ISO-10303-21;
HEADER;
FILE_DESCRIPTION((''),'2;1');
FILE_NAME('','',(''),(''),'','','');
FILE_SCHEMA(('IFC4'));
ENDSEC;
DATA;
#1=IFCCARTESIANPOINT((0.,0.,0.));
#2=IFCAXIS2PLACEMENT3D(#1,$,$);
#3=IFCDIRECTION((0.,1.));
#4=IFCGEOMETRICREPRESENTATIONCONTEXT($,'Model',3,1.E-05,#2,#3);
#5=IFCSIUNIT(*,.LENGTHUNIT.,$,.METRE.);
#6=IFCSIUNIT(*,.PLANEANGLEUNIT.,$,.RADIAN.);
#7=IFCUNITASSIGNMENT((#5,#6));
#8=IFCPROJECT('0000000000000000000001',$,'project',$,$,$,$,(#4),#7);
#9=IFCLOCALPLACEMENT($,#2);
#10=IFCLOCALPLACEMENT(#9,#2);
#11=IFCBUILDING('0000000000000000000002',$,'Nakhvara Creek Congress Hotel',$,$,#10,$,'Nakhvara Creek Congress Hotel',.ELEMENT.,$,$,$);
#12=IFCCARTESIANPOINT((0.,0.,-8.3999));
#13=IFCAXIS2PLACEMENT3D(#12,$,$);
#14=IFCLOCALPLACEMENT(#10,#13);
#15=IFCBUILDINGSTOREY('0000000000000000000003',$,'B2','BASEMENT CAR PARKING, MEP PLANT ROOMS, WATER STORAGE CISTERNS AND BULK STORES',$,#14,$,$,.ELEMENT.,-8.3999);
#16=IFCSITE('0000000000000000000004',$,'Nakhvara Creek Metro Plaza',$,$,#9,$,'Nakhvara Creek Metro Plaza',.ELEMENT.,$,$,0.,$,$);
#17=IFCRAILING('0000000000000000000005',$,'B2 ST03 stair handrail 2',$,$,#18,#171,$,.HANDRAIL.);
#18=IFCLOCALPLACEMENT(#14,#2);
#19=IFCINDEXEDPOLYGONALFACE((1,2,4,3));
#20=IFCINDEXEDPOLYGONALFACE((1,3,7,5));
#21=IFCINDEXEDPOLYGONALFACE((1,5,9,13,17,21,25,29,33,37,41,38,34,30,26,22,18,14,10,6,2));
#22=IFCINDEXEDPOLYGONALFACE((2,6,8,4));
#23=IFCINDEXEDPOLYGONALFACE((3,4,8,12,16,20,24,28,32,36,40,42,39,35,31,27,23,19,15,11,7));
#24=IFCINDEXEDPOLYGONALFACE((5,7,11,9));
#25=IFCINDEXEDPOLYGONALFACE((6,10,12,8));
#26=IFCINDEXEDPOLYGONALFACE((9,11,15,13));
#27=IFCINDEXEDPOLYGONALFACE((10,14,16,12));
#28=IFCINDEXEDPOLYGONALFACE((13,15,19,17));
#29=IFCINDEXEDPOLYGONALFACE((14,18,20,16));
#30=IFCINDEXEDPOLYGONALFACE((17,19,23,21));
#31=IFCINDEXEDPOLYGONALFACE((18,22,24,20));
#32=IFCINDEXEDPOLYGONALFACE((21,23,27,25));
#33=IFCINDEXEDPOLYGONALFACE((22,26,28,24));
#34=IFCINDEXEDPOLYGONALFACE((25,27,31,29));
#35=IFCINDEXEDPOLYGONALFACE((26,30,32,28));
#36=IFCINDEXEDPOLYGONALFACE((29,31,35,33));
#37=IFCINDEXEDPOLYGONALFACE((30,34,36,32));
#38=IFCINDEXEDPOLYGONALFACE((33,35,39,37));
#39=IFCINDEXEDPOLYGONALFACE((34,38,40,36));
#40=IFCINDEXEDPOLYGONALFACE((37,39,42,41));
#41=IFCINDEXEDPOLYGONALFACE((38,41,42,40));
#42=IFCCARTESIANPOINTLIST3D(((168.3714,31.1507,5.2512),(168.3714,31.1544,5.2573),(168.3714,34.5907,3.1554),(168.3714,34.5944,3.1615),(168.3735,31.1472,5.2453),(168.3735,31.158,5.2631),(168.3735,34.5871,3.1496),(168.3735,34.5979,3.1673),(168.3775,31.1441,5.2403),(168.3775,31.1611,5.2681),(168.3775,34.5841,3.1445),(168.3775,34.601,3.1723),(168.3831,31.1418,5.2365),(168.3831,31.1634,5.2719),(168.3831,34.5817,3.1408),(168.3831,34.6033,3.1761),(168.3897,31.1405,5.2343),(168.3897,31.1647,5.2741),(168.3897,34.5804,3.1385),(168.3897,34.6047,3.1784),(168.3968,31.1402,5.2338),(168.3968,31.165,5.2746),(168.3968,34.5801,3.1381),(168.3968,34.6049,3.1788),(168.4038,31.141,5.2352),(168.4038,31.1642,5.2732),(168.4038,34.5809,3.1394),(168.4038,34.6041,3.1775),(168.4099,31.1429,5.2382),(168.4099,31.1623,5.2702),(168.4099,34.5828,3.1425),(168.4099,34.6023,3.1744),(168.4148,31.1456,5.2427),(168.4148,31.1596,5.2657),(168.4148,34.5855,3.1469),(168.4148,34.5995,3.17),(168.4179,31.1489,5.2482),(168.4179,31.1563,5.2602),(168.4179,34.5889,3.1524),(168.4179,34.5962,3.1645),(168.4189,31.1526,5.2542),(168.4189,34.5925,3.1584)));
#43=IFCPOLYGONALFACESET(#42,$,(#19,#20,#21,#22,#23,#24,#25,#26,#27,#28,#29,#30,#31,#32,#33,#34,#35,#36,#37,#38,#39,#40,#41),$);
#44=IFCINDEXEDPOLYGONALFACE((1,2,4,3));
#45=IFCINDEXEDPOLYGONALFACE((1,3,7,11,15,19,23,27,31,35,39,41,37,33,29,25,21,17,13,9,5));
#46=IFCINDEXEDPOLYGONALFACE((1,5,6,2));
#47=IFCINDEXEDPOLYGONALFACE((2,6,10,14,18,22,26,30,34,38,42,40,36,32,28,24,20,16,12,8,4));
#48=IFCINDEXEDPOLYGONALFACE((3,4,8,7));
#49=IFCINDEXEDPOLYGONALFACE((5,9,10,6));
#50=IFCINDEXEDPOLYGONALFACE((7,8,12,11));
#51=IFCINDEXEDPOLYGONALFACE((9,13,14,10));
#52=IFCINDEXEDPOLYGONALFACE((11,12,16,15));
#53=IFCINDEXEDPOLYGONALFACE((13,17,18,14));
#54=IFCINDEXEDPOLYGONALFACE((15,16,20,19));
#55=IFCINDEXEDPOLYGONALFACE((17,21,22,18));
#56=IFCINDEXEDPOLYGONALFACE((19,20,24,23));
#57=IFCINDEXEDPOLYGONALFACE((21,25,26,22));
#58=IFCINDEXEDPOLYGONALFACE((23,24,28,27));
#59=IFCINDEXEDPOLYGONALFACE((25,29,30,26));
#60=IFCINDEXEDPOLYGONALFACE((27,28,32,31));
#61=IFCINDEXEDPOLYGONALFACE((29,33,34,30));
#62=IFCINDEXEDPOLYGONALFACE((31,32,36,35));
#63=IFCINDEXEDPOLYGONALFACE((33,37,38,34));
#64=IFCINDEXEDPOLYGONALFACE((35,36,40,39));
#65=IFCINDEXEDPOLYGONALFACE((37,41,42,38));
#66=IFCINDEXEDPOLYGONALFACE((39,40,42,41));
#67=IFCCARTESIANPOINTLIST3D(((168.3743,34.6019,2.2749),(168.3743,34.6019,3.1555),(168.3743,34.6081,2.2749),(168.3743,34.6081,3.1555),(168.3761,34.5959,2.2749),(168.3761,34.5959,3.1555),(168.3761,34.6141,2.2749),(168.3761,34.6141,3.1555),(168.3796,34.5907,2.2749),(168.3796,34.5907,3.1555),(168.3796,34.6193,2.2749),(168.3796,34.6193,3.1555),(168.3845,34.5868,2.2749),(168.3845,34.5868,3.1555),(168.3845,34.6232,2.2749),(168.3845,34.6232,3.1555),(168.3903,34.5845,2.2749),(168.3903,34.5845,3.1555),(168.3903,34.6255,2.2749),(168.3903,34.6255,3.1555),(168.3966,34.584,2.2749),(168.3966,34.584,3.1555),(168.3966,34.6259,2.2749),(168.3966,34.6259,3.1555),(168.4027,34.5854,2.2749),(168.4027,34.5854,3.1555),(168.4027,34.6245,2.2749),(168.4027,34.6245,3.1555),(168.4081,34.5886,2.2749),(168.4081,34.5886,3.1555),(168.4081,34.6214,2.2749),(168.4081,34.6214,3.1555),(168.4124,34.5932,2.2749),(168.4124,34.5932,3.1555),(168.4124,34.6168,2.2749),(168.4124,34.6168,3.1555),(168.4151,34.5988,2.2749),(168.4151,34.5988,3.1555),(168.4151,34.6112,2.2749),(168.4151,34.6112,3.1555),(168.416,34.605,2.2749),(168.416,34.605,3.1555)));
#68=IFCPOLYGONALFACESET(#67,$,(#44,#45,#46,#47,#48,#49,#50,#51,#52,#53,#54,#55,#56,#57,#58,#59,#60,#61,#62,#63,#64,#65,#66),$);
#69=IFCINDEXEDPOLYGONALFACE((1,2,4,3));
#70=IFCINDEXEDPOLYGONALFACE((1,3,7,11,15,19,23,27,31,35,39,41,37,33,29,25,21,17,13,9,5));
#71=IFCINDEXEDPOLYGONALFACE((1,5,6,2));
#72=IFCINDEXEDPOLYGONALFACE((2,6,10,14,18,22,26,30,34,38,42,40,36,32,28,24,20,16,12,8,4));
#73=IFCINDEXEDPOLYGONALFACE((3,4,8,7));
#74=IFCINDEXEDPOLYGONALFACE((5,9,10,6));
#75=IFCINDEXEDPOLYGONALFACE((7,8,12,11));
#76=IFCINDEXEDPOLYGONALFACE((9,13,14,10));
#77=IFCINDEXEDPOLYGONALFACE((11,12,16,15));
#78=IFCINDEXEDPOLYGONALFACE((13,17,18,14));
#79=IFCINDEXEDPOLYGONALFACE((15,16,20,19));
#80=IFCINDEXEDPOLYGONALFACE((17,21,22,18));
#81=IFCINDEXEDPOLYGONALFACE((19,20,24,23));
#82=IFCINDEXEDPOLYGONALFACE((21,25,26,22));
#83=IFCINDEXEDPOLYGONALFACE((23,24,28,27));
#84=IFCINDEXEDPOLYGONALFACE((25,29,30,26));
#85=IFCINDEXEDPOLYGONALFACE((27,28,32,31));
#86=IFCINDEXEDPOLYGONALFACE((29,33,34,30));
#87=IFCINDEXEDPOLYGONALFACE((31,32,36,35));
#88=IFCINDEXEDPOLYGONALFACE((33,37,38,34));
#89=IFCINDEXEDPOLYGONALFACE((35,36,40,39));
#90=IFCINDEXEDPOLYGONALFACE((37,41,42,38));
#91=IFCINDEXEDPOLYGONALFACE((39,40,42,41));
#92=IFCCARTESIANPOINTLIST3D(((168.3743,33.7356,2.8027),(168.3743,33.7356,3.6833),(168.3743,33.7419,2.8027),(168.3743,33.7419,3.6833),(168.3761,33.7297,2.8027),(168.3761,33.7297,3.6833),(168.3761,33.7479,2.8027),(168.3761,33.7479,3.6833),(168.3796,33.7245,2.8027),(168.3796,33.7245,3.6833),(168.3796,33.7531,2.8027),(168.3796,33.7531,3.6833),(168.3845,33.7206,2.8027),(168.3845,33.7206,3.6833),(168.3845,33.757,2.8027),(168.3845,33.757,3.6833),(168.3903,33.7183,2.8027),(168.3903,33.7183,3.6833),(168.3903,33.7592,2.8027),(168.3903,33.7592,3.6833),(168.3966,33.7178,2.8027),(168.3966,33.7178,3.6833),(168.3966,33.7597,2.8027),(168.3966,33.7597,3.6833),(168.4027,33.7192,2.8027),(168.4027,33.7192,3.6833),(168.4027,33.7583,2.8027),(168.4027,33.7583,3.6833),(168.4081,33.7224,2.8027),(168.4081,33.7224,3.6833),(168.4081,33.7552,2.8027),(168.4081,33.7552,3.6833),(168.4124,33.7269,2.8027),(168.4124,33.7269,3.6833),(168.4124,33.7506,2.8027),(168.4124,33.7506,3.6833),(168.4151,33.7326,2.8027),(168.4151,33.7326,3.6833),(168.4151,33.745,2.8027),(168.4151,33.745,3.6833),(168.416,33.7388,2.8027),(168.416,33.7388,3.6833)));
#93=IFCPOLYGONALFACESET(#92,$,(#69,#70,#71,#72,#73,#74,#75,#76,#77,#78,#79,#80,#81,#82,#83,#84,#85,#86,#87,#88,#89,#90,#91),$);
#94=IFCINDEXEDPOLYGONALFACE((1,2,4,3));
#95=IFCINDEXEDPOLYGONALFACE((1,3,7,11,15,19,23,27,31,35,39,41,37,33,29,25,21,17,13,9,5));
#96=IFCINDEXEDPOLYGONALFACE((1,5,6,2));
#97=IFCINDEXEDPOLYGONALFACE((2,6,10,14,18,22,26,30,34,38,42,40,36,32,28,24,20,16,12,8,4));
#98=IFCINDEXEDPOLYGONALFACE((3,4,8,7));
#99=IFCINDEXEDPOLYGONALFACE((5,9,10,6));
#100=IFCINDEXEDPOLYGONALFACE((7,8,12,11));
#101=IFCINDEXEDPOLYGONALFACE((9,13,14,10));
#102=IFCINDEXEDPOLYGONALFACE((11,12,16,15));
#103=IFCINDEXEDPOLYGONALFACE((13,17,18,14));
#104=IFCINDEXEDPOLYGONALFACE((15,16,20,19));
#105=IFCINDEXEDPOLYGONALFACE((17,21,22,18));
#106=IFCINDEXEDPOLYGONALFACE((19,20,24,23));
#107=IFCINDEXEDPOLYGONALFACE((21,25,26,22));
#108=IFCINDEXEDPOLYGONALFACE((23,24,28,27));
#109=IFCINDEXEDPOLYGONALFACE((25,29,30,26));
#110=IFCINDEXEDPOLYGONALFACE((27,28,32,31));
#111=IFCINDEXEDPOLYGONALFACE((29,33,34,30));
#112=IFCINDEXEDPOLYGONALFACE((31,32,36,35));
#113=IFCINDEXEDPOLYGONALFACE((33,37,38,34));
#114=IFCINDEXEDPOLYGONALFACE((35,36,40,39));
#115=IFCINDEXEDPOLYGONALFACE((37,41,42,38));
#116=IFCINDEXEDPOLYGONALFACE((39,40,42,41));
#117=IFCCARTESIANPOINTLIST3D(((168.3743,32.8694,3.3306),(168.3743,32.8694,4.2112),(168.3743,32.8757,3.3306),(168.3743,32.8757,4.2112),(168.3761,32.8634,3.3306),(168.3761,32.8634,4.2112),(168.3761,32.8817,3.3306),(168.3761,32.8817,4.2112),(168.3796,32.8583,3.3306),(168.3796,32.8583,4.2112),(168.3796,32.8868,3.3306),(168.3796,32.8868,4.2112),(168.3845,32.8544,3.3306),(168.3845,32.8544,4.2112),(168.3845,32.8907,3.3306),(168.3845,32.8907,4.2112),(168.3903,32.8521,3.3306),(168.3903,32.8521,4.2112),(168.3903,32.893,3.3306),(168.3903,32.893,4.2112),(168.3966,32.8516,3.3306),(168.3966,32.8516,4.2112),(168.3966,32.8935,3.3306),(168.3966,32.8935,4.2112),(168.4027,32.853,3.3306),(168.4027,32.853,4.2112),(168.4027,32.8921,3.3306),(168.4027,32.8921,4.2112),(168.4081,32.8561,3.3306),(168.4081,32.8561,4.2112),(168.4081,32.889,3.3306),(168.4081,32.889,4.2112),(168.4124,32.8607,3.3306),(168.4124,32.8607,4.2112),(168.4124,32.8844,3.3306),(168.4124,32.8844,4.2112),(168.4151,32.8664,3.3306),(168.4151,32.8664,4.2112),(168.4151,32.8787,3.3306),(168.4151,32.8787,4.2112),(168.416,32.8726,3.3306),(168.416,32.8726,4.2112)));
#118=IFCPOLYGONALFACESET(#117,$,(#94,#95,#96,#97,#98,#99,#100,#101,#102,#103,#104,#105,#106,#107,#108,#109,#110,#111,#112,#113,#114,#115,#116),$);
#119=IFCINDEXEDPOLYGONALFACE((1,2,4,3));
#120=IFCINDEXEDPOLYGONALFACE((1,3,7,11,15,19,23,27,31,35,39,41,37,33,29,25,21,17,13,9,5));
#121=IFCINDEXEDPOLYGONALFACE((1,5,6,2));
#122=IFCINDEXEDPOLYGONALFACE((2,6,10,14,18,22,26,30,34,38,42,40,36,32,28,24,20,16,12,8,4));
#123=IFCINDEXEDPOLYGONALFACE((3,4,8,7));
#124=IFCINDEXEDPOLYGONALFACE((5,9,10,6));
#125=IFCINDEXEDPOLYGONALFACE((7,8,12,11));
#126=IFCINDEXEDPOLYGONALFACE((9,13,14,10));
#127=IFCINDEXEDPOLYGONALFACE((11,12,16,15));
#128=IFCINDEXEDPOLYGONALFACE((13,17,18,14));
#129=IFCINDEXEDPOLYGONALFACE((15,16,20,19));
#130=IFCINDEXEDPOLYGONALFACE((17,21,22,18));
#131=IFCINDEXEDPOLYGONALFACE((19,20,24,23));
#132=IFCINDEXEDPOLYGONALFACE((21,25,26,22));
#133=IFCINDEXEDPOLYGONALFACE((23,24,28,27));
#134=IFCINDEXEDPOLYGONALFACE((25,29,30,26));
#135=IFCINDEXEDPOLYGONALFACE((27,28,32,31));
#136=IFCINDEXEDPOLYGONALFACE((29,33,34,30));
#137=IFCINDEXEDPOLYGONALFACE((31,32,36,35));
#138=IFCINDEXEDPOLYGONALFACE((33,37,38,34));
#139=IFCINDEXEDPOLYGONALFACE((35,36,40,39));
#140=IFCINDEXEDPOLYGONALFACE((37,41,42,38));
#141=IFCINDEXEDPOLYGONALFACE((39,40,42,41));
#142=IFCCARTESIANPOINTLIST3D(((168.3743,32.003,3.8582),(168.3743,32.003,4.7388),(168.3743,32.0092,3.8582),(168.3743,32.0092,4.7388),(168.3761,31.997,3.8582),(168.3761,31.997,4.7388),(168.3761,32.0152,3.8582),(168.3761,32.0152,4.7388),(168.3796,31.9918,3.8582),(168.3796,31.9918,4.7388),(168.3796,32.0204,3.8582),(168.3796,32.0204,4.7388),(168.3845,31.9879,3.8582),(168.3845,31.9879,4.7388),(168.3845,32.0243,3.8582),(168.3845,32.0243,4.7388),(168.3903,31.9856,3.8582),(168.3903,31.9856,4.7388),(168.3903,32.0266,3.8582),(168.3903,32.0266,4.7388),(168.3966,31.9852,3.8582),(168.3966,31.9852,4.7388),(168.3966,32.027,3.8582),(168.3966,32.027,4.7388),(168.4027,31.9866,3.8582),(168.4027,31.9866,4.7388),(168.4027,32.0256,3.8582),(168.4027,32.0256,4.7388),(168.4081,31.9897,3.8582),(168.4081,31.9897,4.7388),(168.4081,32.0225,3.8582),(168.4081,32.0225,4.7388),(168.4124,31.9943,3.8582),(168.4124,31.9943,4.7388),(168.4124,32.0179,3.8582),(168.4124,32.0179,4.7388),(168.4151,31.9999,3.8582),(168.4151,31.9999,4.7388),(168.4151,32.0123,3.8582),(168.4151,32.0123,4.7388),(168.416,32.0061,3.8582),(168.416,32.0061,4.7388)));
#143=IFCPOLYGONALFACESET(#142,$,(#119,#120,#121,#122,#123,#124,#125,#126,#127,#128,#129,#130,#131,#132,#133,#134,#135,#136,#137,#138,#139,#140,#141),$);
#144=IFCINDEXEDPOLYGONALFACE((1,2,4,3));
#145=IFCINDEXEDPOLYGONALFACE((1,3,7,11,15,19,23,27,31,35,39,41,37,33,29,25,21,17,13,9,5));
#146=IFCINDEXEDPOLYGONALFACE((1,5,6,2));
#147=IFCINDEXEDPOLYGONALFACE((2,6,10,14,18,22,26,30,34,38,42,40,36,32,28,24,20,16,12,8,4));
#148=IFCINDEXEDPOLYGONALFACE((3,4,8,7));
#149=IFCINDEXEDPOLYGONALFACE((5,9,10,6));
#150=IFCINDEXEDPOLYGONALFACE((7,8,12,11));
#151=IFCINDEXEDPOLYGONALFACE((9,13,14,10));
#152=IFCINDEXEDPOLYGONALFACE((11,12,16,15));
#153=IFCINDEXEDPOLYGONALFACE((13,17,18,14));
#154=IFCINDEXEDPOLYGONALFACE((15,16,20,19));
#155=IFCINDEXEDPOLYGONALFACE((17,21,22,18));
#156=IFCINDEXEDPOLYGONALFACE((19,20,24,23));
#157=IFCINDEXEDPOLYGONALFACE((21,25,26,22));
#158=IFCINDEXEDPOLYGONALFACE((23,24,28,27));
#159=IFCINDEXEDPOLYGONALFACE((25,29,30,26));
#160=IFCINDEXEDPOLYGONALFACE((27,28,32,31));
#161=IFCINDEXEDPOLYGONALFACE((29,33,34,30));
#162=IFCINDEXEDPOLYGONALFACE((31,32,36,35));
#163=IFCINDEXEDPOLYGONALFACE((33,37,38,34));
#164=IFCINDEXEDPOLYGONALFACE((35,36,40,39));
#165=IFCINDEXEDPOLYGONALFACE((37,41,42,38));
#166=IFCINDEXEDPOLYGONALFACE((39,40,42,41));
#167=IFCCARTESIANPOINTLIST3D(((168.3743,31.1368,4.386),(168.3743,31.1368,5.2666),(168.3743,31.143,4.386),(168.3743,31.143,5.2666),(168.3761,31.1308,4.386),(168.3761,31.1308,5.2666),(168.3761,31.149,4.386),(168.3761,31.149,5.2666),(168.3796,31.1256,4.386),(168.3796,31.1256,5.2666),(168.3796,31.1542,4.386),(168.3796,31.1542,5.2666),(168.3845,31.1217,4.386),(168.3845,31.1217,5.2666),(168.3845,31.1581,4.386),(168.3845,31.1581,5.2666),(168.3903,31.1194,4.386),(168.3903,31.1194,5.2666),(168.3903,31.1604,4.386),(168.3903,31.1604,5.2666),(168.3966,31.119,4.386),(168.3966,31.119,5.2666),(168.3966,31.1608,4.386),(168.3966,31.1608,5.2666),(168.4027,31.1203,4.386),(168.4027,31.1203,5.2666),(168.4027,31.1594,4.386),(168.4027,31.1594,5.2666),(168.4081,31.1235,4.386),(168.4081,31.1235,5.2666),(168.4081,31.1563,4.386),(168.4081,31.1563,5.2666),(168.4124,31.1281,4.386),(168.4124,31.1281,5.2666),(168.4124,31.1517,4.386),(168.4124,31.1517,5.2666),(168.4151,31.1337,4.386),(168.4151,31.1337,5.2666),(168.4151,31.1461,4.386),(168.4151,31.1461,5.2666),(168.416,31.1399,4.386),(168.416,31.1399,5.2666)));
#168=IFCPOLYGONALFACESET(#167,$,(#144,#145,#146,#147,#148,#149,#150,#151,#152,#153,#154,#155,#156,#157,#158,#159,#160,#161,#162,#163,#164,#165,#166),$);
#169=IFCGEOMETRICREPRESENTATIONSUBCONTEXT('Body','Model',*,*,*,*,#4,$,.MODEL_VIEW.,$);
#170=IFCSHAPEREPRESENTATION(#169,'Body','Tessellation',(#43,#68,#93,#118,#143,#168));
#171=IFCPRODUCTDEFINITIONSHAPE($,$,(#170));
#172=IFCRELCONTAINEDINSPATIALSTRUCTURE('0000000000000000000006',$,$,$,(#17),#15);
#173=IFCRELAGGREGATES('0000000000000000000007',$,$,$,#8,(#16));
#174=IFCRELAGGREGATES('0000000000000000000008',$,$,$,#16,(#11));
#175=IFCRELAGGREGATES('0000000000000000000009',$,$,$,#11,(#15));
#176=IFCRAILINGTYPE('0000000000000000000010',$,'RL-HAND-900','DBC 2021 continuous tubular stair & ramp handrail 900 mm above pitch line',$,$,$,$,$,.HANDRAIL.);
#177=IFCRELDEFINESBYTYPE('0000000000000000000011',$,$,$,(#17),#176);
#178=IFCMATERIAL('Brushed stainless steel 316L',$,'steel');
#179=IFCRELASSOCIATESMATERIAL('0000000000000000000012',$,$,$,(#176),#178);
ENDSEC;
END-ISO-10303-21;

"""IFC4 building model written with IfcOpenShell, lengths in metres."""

from ifc_helpers import new_model, si_unit, direction, frame, origin, origin_2d, place, context, subcontext, project, spatial, circle, extrude, material, type_object, element, save


model = new_model("IFC4")

# Units and contexts
model_context = context("Model", 3, precision=1e-05, world=origin(), true_north=direction((0.0, 1.0)))
body_context = subcontext(model_context, "Body", "Model", "MODEL_VIEW")
ifc_project = project(units=[si_unit("LENGTHUNIT", "METRE"), si_unit("PLANEANGLEUNIT", "RADIAN")], contexts=[model_context])

# Site, building, storey
site_placement = place(None, origin())
site = spatial("IfcSite", under=ifc_project, at=site_placement, Name="Nakhvara Creek Metro Plaza", LongName="Nakhvara Creek Metro Plaza", CompositionType="ELEMENT", RefElevation=0.0)
building_placement = place(site_placement, origin())
building = spatial("IfcBuilding", under=site, at=building_placement, Name="Nakhvara Creek Congress Hotel", LongName="Nakhvara Creek Congress Hotel", CompositionType="ELEMENT")
storey_placement = place(building_placement, frame((0.0, 0.0, -8.3999)))
storey = spatial("IfcBuildingStorey", under=building, at=storey_placement, Name="B2", Description="BASEMENT CAR PARKING, MEP PLANT ROOMS, WATER STORAGE CISTERNS AND BULK STORES", CompositionType="ELEMENT", Elevation=-8.3999)

# Railing
ifc_material_1 = material(Name="Brushed stainless steel 316L", Category="steel")
railing_type_1 = type_object("IfcRailingType", Name="RL-HAND-900", Description="DBC 2021 continuous tubular stair & ramp handrail 900 mm above pitch line", PredefinedType="HANDRAIL", material=ifc_material_1)
railing_1_placement = place(storey_placement, frame((168.395, 34.605, 2.2749)))
element("IfcRailing", 1, at=railing_1_placement, inside=storey, type_object=railing_type_1, Name="B2 ST03 stair handrail 2", PredefinedType="HANDRAIL", context=body_context, shape_type="SweptSolid", body=[
    extrude(circle(Radius=0.0239, at=origin_2d()), frame((0.0, -0.0125, 0.8835), z_axis=(0.0, -0.853991, 0.520289), x_axis=(1.0, 0.0, 0.0)), (0.0, 0.0, 1.0), 4.0281),
    extrude(circle(Radius=0.021, at=origin_2d()), origin(), (0.0, 0.0, 1.0), 0.8806),
    extrude(circle(Radius=0.021, at=origin_2d()), frame((0.0, -0.8662, 0.5278)), (0.0, 0.0, 1.0), 0.8806),
    extrude(circle(Radius=0.021, at=origin_2d()), frame((0.0, -1.7324, 1.0557)), (0.0, 0.0, 1.0), 0.8806),
    extrude(circle(Radius=0.021, at=origin_2d()), frame((0.0, -2.5989, 1.5833)), (0.0, 0.0, 1.0), 0.8806),
    extrude(circle(Radius=0.021, at=origin_2d()), frame((0.0, -3.4651, 2.1111)), (0.0, 0.0, 1.0), 0.8806),
])

save(model, "model.ifc")
